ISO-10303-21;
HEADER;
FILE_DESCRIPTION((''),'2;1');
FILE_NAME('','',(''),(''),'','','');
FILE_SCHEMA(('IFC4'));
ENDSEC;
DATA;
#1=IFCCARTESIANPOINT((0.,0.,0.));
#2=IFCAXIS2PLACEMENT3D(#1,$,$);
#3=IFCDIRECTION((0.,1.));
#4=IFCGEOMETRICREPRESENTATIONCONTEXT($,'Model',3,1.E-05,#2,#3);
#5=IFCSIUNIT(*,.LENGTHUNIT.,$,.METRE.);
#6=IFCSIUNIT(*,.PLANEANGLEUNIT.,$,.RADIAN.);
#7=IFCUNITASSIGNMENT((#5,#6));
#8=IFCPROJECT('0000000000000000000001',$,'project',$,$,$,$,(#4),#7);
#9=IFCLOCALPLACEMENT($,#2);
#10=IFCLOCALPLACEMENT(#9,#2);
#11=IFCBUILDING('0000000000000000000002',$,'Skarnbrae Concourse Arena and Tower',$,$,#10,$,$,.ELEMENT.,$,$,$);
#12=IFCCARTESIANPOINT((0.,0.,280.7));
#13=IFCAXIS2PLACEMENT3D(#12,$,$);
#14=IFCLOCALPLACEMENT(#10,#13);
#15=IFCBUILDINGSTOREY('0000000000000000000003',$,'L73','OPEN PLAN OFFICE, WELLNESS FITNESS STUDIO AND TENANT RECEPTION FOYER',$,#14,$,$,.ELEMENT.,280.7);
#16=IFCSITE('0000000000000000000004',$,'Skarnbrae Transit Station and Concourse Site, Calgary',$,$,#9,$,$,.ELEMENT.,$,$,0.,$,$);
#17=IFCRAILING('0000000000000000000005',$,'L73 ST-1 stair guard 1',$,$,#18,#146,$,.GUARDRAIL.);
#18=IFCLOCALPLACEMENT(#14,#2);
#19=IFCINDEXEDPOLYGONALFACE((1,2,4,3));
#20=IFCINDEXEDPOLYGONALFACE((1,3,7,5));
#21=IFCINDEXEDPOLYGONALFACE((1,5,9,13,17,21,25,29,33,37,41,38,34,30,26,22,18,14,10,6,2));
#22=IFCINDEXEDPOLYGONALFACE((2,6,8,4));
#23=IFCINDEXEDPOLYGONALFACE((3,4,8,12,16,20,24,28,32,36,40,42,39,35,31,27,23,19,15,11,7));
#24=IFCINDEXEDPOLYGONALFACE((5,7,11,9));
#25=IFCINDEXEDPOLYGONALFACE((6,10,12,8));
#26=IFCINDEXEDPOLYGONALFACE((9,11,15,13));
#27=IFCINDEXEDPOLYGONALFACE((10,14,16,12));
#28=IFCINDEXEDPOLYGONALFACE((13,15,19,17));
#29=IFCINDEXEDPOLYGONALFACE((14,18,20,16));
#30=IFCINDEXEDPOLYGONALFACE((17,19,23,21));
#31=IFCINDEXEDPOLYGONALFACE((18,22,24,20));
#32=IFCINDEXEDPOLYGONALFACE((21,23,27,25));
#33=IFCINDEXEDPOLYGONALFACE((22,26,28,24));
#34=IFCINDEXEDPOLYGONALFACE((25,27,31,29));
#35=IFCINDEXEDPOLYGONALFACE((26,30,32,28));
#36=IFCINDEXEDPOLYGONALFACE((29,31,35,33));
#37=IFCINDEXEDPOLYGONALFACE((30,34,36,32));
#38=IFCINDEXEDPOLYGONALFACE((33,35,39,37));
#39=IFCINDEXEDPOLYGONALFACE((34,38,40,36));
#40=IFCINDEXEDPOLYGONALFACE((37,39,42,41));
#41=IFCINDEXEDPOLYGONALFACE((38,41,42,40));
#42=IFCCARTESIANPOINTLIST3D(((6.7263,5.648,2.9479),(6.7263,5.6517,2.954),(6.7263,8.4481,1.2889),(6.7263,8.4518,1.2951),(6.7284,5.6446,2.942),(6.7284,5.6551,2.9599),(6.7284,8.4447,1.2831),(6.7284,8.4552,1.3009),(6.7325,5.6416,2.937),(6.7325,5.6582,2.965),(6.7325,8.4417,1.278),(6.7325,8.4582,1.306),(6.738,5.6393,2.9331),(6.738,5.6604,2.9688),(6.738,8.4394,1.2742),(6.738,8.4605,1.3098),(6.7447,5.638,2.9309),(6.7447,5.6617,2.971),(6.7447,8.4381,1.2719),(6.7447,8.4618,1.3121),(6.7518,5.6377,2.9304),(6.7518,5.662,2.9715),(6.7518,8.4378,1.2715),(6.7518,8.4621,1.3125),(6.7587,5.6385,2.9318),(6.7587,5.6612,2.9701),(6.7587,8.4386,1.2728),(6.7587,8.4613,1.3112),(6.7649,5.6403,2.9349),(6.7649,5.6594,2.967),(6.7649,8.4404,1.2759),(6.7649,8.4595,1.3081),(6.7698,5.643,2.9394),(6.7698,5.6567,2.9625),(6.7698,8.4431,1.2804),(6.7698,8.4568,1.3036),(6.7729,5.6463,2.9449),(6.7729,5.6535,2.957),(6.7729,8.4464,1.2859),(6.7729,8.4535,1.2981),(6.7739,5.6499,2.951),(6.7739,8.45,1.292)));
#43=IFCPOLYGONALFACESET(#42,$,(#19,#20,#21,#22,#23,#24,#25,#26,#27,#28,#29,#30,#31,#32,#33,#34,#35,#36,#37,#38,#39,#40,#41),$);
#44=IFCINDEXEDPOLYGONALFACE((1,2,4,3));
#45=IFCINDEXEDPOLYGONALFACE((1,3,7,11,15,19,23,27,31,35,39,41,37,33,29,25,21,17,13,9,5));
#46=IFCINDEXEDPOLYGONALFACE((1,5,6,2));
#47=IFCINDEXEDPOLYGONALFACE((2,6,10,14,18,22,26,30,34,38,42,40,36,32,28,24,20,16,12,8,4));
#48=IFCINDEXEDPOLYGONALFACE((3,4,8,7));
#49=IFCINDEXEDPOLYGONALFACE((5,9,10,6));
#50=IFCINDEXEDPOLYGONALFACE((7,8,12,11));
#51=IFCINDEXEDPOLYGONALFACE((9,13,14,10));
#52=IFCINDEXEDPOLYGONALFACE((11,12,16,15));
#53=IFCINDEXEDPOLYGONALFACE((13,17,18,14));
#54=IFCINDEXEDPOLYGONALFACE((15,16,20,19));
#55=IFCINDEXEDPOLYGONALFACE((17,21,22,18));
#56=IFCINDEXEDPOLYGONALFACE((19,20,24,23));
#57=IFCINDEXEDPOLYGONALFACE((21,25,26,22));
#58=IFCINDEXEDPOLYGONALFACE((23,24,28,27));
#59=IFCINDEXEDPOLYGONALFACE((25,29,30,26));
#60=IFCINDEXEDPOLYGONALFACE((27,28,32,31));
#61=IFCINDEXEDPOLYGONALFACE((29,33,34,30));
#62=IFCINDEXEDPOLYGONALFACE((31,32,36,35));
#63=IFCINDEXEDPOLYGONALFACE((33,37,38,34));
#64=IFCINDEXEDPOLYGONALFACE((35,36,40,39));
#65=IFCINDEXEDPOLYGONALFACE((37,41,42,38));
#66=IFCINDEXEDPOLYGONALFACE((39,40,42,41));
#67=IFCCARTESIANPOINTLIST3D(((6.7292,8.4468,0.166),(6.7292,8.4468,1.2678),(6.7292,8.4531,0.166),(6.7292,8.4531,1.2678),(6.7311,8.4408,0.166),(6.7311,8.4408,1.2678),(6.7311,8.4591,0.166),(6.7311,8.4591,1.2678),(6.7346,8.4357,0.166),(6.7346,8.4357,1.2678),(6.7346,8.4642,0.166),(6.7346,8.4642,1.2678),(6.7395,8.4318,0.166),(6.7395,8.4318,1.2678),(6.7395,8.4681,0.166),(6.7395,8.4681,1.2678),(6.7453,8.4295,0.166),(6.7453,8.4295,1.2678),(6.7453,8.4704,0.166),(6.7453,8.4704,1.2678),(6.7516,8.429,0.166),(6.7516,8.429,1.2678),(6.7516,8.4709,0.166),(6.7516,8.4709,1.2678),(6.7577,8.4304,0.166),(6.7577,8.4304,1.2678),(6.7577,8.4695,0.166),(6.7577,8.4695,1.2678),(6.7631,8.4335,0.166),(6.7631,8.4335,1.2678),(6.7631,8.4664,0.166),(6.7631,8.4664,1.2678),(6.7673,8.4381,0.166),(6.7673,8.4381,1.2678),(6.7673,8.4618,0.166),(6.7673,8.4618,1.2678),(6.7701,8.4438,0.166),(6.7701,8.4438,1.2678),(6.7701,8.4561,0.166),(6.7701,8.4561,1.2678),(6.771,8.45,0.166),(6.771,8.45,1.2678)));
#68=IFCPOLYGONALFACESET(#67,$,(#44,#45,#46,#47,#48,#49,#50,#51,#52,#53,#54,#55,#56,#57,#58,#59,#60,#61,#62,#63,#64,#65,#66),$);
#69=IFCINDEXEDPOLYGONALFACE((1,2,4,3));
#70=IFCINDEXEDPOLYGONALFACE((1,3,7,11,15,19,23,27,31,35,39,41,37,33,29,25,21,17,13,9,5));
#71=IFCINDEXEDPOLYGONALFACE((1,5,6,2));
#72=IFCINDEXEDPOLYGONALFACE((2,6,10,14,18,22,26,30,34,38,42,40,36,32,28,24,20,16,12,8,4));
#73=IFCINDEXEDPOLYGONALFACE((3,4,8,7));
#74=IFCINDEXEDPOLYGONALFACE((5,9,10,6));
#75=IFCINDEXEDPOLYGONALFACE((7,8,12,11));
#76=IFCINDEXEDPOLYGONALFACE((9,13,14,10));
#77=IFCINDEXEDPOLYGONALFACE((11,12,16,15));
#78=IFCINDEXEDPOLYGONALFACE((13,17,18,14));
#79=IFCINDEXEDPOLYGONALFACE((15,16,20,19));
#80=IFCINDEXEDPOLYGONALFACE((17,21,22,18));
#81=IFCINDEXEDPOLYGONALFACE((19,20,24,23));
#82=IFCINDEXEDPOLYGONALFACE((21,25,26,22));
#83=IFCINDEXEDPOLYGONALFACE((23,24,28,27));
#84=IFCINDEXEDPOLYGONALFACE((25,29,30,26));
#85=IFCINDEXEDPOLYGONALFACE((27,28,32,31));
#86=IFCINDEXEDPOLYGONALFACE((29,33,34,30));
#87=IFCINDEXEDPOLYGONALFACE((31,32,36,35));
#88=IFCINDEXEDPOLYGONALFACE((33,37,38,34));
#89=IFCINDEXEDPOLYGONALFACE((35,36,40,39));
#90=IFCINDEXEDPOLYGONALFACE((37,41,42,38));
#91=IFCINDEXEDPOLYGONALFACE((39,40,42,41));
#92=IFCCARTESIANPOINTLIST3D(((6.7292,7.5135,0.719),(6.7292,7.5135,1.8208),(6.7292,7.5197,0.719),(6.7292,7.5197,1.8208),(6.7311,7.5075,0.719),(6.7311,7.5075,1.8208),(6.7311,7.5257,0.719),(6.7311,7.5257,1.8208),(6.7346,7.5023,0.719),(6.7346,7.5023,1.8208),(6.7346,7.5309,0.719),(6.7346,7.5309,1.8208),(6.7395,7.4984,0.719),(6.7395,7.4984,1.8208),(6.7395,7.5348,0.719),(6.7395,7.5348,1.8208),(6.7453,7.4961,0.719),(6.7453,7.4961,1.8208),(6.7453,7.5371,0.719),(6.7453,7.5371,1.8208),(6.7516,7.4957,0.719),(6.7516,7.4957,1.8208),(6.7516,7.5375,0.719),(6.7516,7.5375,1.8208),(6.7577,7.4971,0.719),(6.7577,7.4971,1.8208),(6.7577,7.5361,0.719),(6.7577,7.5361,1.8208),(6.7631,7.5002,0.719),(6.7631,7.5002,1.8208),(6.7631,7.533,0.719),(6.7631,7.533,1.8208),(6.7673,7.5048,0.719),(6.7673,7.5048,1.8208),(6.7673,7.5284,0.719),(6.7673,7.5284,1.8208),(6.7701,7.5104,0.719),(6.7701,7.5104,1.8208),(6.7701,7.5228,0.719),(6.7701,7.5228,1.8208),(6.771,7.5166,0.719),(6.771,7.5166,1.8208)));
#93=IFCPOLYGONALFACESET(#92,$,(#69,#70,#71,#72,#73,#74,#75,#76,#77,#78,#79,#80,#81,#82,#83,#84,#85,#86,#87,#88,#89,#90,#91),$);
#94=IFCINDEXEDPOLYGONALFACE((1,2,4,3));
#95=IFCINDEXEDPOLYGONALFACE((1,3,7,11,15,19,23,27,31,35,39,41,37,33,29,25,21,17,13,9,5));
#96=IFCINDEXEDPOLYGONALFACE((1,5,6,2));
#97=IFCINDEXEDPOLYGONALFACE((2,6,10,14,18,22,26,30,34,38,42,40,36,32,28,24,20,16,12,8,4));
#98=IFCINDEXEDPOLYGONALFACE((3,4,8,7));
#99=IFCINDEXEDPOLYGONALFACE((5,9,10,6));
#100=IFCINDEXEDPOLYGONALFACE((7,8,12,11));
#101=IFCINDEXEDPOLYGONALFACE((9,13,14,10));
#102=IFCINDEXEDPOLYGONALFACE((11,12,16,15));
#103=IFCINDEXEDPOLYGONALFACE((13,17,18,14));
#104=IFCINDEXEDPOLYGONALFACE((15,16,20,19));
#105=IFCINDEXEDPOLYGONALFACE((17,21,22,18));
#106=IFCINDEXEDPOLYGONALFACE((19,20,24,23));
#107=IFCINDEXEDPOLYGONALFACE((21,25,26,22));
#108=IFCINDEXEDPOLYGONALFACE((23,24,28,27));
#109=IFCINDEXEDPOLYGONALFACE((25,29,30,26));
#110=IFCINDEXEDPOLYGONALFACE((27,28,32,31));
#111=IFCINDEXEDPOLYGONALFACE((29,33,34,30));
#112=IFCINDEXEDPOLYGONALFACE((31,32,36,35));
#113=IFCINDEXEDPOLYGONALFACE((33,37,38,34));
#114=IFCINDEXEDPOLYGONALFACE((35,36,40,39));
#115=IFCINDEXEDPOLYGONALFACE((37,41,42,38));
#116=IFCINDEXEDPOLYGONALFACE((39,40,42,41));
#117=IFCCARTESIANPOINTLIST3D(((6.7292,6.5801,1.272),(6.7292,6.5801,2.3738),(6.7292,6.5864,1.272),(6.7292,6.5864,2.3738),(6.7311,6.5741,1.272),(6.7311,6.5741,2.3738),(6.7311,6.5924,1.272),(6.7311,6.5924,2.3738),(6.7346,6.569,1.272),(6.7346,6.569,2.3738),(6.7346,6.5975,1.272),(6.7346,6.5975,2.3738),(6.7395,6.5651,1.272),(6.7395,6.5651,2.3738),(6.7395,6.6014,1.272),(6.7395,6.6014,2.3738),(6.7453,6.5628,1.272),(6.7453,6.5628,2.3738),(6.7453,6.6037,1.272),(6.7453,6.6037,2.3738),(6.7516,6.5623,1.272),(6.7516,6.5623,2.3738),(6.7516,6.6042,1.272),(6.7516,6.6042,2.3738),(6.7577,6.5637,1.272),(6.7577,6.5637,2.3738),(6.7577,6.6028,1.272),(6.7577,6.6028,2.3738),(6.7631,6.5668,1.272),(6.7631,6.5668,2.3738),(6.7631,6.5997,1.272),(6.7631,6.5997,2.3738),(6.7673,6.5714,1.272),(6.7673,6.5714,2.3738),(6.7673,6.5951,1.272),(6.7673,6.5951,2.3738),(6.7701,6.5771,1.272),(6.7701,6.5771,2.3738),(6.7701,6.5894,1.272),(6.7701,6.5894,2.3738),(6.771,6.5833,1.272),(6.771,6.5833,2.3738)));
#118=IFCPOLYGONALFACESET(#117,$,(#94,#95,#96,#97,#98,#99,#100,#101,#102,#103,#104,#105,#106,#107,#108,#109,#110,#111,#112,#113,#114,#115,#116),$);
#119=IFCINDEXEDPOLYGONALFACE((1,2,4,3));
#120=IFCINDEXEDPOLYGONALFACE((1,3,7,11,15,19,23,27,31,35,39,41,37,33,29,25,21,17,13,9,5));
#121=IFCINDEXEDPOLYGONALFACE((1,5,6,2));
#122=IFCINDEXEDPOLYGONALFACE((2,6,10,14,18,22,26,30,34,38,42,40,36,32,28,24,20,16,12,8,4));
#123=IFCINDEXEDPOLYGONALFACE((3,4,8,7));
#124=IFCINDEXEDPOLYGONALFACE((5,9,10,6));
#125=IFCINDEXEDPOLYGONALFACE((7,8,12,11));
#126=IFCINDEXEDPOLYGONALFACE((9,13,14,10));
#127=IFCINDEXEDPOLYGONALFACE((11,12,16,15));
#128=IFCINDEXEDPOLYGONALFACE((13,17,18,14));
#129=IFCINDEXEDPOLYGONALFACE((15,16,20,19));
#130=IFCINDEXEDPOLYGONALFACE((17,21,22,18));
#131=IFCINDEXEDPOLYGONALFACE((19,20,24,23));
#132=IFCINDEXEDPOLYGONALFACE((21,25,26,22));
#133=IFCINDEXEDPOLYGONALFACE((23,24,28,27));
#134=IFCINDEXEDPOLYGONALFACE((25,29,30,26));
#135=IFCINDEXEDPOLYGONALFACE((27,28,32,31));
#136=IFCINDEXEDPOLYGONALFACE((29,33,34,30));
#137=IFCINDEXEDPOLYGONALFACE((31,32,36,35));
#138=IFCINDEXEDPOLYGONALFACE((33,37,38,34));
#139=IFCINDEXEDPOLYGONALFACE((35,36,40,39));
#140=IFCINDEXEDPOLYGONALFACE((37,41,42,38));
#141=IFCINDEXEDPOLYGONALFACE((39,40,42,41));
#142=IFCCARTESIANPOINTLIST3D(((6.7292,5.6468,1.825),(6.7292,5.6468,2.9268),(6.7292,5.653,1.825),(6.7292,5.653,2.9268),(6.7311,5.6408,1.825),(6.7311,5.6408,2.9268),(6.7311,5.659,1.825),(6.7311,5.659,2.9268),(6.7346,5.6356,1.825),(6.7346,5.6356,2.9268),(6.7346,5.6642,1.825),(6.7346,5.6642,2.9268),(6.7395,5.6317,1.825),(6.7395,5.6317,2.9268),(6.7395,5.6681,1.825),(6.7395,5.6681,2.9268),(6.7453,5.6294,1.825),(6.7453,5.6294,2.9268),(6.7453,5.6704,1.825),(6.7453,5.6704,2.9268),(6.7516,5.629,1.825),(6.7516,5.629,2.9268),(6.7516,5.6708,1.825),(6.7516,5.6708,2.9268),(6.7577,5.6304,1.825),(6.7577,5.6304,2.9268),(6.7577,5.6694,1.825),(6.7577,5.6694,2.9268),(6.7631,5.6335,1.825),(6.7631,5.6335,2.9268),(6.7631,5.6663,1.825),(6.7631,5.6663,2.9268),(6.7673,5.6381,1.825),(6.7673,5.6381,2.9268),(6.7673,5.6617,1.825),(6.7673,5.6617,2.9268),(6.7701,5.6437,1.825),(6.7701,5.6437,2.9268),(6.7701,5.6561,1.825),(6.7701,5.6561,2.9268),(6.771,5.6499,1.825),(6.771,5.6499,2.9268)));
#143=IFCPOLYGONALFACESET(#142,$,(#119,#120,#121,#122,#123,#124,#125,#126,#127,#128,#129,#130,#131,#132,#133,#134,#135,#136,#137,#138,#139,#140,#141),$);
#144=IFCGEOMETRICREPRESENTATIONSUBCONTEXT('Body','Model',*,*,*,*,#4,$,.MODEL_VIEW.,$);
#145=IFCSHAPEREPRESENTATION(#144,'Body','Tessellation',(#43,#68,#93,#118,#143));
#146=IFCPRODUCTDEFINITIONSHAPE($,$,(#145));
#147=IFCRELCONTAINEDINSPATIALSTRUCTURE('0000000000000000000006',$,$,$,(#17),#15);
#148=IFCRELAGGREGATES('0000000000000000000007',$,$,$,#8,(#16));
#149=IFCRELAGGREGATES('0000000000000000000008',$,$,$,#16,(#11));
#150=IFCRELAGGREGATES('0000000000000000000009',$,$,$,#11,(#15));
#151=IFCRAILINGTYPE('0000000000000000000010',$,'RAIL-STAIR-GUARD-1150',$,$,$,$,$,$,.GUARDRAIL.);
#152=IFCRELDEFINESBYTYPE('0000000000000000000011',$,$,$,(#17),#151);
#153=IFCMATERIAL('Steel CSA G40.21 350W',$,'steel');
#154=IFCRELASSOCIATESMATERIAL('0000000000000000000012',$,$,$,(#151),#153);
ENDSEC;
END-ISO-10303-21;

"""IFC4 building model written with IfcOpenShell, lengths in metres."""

from ifc_helpers import new_model, si_unit, direction, frame, origin, origin_2d, place, context, subcontext, project, spatial, circle, extrude, material, type_object, element, save


model = new_model("IFC4")

# Units and contexts
model_context = context("Model", 3, precision=1e-05, world=origin(), true_north=direction((0.0, 1.0)))
body_context = subcontext(model_context, "Body", "Model", "MODEL_VIEW")
ifc_project = project(units=[si_unit("LENGTHUNIT", "METRE"), si_unit("PLANEANGLEUNIT", "RADIAN")], contexts=[model_context])

# Site, building, storey
site_placement = place(None, origin())
site = spatial("IfcSite", under=ifc_project, at=site_placement, Name="Skarnbrae Transit Station and Concourse Site, Calgary", CompositionType="ELEMENT", RefElevation=0.0)
building_placement = place(site_placement, origin())
building = spatial("IfcBuilding", under=site, at=building_placement, Name="Skarnbrae Concourse Arena and Tower", CompositionType="ELEMENT")
storey_placement = place(building_placement, frame((0.0, 0.0, 280.7)))
storey = spatial("IfcBuildingStorey", under=building, at=storey_placement, Name="L73", Description="OPEN PLAN OFFICE, WELLNESS FITNESS STUDIO AND TENANT RECEPTION FOYER", CompositionType="ELEMENT", Elevation=280.7)

# Shared definitions
ifc_material_1 = material(Name="Steel CSA G40.21 350W", Category="steel")

# Railing
railing_type_1 = type_object("IfcRailingType", Name="RAIL-STAIR-GUARD-1150", PredefinedType="GUARDRAIL", material=ifc_material_1)
railing_1_placement = place(storey_placement, frame((6.75, 8.45, 0.166)))
element("IfcRailing", 1, at=railing_1_placement, inside=storey, type_object=railing_type_1, Name="L73 ST-1 stair guard 1", PredefinedType="GUARDRAIL", context=body_context, shape_type="SweptSolid", body=[
    extrude(circle(Radius=0.0239, at=origin_2d()), frame((0.0, 0.0, 1.126), z_axis=(0.0, -0.860339, 0.509722), x_axis=(1.0, 0.0, 0.0)), (0.0, 0.0, 1.0), 3.2546),
    extrude(circle(Radius=0.021, at=origin_2d()), origin(), (0.0, 0.0, 1.0), 1.1018),
    extrude(circle(Radius=0.021, at=origin_2d()), frame((0.0, -0.9333, 0.553)), (0.0, 0.0, 1.0), 1.1018),
    extrude(circle(Radius=0.021, at=origin_2d()), frame((0.0, -1.8667, 1.106)), (0.0, 0.0, 1.0), 1.1018),
    extrude(circle(Radius=0.021, at=origin_2d()), frame((0.0, -2.8, 1.6589)), (0.0, 0.0, 1.0), 1.1018),
])

save(model, "model.ifc")
